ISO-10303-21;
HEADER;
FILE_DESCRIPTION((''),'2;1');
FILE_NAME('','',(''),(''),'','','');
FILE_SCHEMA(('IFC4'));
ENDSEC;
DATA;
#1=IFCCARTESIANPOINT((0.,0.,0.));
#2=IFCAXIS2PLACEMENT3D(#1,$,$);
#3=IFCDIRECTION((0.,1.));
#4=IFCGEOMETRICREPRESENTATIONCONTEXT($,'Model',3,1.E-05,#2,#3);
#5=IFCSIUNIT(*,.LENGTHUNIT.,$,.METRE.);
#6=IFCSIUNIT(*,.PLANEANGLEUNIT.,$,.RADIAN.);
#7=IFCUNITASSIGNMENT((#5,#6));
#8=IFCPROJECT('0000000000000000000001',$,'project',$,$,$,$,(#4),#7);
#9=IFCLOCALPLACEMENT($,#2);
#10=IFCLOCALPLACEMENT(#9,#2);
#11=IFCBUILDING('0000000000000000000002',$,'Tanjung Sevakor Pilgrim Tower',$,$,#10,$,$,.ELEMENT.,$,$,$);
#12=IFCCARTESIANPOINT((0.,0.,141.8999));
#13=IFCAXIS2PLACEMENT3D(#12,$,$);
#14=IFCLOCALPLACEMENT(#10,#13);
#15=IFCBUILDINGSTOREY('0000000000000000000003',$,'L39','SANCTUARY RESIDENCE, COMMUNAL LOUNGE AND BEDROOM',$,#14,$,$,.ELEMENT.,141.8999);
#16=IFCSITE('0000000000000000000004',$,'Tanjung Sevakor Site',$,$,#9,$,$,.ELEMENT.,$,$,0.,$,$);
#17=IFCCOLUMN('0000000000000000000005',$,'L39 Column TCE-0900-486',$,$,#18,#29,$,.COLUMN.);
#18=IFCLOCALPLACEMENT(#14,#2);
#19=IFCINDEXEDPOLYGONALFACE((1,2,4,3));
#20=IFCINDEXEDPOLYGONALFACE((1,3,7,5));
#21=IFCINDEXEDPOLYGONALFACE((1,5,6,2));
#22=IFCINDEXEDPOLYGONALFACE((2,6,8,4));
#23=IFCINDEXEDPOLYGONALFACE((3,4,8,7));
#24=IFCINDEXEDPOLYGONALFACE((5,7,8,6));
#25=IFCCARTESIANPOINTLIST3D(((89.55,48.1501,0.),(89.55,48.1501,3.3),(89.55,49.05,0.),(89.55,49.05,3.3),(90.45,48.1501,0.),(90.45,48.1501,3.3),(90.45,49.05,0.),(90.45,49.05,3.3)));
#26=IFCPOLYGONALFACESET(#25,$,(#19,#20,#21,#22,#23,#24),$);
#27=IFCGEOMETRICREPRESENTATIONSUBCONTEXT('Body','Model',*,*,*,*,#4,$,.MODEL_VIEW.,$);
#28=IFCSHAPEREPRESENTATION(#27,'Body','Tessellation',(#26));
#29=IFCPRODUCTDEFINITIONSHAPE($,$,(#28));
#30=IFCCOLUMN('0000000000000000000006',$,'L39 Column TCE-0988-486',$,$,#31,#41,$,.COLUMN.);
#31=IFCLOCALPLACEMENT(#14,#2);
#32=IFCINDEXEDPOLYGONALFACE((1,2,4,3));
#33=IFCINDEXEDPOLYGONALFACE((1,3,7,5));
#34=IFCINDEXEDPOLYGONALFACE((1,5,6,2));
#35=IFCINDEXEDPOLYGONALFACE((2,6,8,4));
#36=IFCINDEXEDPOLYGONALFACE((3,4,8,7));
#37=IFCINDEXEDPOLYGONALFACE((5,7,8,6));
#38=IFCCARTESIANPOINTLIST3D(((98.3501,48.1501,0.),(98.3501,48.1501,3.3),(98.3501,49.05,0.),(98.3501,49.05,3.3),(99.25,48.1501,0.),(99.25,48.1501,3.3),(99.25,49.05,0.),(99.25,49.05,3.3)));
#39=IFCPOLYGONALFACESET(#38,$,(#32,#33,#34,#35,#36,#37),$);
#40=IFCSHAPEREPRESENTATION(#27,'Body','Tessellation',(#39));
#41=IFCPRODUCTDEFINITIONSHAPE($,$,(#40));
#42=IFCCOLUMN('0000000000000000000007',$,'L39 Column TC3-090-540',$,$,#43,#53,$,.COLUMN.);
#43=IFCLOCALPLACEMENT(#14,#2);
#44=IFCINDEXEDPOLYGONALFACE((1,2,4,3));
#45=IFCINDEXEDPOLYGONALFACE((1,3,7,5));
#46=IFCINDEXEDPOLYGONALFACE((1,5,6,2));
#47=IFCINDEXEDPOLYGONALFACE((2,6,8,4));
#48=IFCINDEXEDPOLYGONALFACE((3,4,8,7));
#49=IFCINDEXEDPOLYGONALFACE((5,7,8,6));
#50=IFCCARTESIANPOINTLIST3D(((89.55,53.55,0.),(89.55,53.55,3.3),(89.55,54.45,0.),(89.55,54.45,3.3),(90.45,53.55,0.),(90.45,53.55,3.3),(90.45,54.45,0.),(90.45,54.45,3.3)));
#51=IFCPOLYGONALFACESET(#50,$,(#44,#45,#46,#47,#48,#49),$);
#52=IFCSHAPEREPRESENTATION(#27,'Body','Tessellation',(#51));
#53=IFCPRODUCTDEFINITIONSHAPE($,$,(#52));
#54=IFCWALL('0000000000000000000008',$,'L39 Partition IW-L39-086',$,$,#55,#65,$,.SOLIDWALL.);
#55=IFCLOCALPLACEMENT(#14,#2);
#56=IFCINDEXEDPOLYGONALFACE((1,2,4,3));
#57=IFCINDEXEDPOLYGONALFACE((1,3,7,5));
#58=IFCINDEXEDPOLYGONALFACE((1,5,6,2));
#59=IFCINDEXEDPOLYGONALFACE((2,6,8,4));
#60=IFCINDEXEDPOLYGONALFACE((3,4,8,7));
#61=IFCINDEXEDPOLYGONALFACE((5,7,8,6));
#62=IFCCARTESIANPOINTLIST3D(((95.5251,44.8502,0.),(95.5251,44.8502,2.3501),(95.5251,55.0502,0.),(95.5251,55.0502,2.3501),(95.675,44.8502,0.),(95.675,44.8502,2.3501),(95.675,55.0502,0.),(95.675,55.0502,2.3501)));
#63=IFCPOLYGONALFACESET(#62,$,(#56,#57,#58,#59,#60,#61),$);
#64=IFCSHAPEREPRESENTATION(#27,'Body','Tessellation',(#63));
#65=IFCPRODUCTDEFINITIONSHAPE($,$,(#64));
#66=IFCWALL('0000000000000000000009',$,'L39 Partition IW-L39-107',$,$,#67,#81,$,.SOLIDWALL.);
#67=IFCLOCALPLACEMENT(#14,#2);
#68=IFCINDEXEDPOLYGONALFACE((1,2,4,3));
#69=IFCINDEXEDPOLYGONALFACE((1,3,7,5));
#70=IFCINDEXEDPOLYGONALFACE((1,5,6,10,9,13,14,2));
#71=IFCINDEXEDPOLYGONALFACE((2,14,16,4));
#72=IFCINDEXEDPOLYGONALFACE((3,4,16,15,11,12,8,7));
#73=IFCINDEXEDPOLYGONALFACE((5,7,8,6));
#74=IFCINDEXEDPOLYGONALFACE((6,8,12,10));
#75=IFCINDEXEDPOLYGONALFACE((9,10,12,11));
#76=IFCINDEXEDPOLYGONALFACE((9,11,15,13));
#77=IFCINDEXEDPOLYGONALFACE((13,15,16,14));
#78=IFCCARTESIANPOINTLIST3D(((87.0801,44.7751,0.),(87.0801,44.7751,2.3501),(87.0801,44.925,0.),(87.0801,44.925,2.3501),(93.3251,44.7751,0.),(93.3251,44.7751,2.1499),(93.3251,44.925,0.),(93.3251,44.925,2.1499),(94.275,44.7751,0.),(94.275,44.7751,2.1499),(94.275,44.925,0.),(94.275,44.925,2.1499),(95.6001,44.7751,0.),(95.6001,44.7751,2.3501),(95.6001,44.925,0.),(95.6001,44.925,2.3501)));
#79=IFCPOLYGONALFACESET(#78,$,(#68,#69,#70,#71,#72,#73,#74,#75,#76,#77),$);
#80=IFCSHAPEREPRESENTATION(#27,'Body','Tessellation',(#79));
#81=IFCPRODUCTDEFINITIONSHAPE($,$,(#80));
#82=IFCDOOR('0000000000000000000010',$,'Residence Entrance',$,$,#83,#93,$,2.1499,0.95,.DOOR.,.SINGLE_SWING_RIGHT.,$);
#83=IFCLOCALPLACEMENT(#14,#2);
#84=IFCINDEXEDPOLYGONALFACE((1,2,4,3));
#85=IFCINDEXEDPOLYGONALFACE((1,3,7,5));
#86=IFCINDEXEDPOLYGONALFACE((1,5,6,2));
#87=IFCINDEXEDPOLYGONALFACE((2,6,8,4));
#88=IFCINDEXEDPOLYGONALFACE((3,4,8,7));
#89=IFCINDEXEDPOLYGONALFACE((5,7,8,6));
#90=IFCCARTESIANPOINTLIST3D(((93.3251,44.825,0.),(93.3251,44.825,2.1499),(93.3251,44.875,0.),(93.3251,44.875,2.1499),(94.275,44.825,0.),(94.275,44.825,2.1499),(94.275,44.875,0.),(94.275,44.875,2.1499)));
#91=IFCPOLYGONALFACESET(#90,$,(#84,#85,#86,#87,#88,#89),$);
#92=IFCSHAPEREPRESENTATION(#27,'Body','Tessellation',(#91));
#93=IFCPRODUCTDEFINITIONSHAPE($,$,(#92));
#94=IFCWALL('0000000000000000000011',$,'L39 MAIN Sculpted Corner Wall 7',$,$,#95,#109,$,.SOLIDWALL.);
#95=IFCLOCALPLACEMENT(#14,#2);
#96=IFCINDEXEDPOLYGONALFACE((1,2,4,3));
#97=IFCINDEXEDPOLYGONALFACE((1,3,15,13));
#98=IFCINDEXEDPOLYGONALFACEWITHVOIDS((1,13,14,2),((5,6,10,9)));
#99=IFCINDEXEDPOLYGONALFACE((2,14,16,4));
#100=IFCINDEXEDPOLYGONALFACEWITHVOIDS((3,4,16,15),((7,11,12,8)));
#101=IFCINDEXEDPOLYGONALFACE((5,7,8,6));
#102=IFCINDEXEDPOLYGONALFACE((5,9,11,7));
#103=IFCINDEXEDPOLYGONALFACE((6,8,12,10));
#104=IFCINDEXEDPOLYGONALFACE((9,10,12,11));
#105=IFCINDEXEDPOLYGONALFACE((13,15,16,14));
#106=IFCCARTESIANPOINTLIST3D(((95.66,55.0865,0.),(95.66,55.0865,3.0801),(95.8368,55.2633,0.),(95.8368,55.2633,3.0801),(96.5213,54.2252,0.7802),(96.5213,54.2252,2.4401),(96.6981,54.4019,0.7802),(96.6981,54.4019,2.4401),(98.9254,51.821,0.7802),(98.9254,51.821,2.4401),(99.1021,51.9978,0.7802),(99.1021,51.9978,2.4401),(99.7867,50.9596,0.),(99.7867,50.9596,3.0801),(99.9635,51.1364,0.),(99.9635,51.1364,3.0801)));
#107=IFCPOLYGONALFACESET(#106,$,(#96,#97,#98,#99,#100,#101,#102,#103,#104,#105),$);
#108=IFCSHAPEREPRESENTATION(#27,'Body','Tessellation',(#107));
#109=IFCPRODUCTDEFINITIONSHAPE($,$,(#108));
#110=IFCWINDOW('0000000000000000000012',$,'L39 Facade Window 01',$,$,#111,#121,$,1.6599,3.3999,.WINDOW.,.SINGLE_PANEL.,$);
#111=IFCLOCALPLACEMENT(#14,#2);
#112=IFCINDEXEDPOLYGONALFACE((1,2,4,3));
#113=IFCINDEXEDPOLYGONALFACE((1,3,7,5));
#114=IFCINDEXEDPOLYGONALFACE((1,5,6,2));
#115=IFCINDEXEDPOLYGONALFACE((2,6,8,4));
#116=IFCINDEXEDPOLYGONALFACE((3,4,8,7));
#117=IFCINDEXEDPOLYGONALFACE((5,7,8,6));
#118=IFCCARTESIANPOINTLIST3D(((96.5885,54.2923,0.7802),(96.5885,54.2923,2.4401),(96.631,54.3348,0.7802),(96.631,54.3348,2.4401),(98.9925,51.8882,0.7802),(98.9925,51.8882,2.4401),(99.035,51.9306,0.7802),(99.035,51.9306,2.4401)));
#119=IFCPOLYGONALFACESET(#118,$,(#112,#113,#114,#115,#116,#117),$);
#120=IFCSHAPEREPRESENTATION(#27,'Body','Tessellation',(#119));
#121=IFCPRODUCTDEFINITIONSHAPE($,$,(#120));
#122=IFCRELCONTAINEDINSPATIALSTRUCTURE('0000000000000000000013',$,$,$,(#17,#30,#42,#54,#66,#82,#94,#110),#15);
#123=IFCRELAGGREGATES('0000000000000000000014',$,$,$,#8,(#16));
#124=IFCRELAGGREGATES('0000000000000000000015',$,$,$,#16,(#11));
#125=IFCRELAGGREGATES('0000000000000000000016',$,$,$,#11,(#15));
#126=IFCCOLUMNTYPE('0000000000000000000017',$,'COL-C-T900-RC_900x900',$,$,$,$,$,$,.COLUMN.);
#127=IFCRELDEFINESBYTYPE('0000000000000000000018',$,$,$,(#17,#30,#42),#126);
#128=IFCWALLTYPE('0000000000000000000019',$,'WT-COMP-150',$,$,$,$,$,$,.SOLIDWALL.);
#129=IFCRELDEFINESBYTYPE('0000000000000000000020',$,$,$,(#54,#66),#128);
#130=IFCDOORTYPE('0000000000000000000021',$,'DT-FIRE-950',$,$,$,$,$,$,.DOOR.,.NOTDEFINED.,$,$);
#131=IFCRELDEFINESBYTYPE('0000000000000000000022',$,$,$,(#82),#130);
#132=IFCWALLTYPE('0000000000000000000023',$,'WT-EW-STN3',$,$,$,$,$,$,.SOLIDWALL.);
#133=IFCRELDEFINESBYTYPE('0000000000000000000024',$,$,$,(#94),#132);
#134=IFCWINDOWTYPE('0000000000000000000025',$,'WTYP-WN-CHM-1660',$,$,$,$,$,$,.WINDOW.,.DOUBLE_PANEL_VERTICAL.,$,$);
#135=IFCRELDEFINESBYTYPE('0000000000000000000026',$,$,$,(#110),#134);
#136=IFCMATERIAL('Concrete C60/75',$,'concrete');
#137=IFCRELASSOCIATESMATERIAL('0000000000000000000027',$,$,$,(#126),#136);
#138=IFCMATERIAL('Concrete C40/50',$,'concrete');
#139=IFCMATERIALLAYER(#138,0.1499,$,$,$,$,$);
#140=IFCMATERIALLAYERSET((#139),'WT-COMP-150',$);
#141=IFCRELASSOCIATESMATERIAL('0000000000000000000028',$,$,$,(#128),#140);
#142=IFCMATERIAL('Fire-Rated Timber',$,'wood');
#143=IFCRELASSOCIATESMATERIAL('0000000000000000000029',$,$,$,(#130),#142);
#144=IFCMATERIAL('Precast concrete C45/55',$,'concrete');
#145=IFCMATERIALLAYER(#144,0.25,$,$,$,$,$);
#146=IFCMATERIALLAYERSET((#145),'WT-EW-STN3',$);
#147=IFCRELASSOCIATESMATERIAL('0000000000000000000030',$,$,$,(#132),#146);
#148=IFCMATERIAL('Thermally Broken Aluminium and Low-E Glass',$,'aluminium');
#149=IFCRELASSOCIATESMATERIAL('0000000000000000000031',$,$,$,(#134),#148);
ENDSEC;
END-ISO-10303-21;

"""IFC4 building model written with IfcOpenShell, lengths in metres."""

from ifc_helpers import new_model, si_unit, direction, frame, frame_2d, origin, origin_2d, place, context, subcontext, project, spatial, rectangle, extrude, material, layer, layer_set, material_profile, profile_set, type_object, element, fill, save


model = new_model("IFC4")

# Units and contexts
model_context = context("Model", 3, precision=1e-05, world=origin(), true_north=direction((0.0, 1.0)))
body_context = subcontext(model_context, "Body", "Model", "MODEL_VIEW")
ifc_project = project(units=[si_unit("LENGTHUNIT", "METRE"), si_unit("PLANEANGLEUNIT", "RADIAN")], contexts=[model_context])

# Site, building, storey
site_placement = place(None, origin())
site = spatial("IfcSite", under=ifc_project, at=site_placement, Name="Tanjung Sevakor Site", CompositionType="ELEMENT", RefElevation=0.0)
building_placement = place(site_placement, origin())
building = spatial("IfcBuilding", under=site, at=building_placement, Name="Tanjung Sevakor Pilgrim Tower", CompositionType="ELEMENT")
storey_placement = place(building_placement, frame((0.0, 0.0, 141.8999)))
storey = spatial("IfcBuildingStorey", under=building, at=storey_placement, Name="L39", Description="SANCTUARY RESIDENCE, COMMUNAL LOUNGE AND BEDROOM", CompositionType="ELEMENT", Elevation=141.8999)

# Columns
ifc_material_1 = material(Name="Concrete C60/75", Category="concrete")
ifc_material_profile = material_profile(ifc_material_1, rectangle(XDim=0.8999, YDim=0.8999, at=origin_2d()))
ifc_profile_set = profile_set([ifc_material_profile], Name="Concrete C60/75")
column_type = type_object("IfcColumnType", Name="COL-C-T900-RC_900x900", PredefinedType="COLUMN", material=ifc_profile_set)
for number, where, z_axis, x_axis, name in (
    (1, (90.0, 48.6001, 0.0), (0.0, 0.0, 1.0), (1.0, 0.0, 0.0), "L39 Column TCE-0900-486"),
    (2, (98.8, 48.6001, 0.0), (0.0, 0.0, 1.0), (1.0, 0.0, 0.0), "L39 Column TCE-0988-486"),
    (3, (90.0, 54.0, 0.0), (0.0, 0.0, 1.0), (1.0, 0.0, 0.0), "L39 Column TC3-090-540"),
):
    element("IfcColumn", number, at=place(storey_placement, frame(where, z_axis=z_axis, x_axis=x_axis)), inside=storey, type_object=column_type, Name=name, PredefinedType="COLUMN", context=body_context, shape_type="SweptSolid", body=[
        extrude(rectangle(XDim=0.8999, YDim=0.8999, at=origin_2d()), origin(), (0.0, 0.0, 1.0), 3.3),
    ])

# Wall
ifc_material_2 = material(Name="Concrete C40/50", Category="concrete")
ifc_layer_1 = layer(ifc_material_2, 0.1499)
ifc_layer_set_1 = layer_set([ifc_layer_1], Name="WT-COMP-150")
wall_type_1 = type_object("IfcWallType", Name="WT-COMP-150", PredefinedType="SOLIDWALL", material=ifc_layer_set_1)
wall_1_placement = place(storey_placement, frame((95.6001, 44.8501, 0.0), z_axis=(0.0, 0.0, 1.0), x_axis=(0.0, 1.0, 0.0)))
element("IfcWall", 4, at=wall_1_placement, inside=storey, type_object=wall_type_1, Name="L39 Partition IW-L39-086", PredefinedType="SOLIDWALL", context=body_context, shape_type="SweptSolid", body=[
    extrude(rectangle(XDim=10.2, YDim=0.1499, at=frame_2d((5.1001, 0.0))), origin(), (0.0, 0.0, 1.0), 2.3501),
])

# Wall, opening, door
wall_2_placement = place(storey_placement, frame((87.0801, 44.8501, 0.0), z_axis=(0.0, 0.0, 1.0), x_axis=(1.0, 0.0, 0.0)))
wall_2 = element("IfcWall", 5, at=wall_2_placement, inside=storey, type_object=wall_type_1, Name="L39 Partition IW-L39-107", PredefinedType="SOLIDWALL", context=body_context, shape_type="SweptSolid", body=[
    extrude(rectangle(XDim=8.52, YDim=0.1499, at=frame_2d((4.26, 0.0))), origin(), (0.0, 0.0, 1.0), 2.3501),
])
opening_1_placement = place(wall_2_placement, frame((6.2449, 0.0, 0.0)))
opening_1 = element("IfcOpeningElement", 6, at=opening_1_placement, cuts=wall_2, PredefinedType="OPENING", context=body_context, shape_type="SweptSolid", body=[
    extrude(rectangle(XDim=0.95, YDim=2.1499, at=frame_2d((0.4751, 1.075))), frame((0.0, 0.085, 0.0), z_axis=(0.0, -1.0, 0.0), x_axis=(1.0, 0.0, 0.0)), (0.0, 0.0, 1.0), 0.1699),
])
ifc_material_3 = material(Name="Fire-Rated Timber", Category="wood")
door_type_1 = type_object("IfcDoorType", Name="DT-FIRE-950", OperationType="NOTDEFINED", PredefinedType="DOOR", material=ifc_material_3)
door_1_placement = place(opening_1_placement, origin())
door_1 = element("IfcDoor", 7, at=door_1_placement, inside=storey, type_object=door_type_1, Name="Residence Entrance", OperationType="SINGLE_SWING_RIGHT", OverallHeight=2.1499, OverallWidth=0.95, PredefinedType="DOOR", context=body_context, shape_type="SweptSolid", body=[
    extrude(rectangle(XDim=0.95, YDim=2.1499, at=frame_2d((0.4751, 1.075))), frame((0.0, 0.0249, 0.0), z_axis=(0.0, -1.0, 0.0), x_axis=(1.0, 0.0, 0.0)), (0.0, 0.0, 1.0), 0.05),
])
fill(opening_1, door_1)

# Wall, opening, window
ifc_material_4 = material(Name="Precast concrete C45/55", Category="concrete")
ifc_layer_2 = layer(ifc_material_4, 0.25)
ifc_layer_set_2 = layer_set([ifc_layer_2], Name="WT-EW-STN3")
wall_type_2 = type_object("IfcWallType", Name="WT-EW-STN3", PredefinedType="SOLIDWALL", material=ifc_layer_set_2)
wall_3_placement = place(storey_placement, frame((99.875, 51.0481, 0.0), z_axis=(0.0, 0.0, 1.0), x_axis=(-0.707086, 0.707128, 0.0)))
wall_3 = element("IfcWall", 8, at=wall_3_placement, inside=storey, type_object=wall_type_2, Name="L39 MAIN Sculpted Corner Wall 7", PredefinedType="SOLIDWALL", context=body_context, shape_type="SweptSolid", body=[
    extrude(rectangle(XDim=5.8362, YDim=0.25, at=frame_2d((2.918, 0.0))), origin(), (0.0, 0.0, 1.0), 3.0801),
])
opening_2_placement = place(wall_3_placement, frame((1.218, 0.0, 0.78)))
opening_2 = element("IfcOpeningElement", 9, at=opening_2_placement, cuts=wall_3, PredefinedType="OPENING", context=body_context, shape_type="SweptSolid", body=[
    extrude(rectangle(XDim=3.3999, YDim=1.6599, at=frame_2d((1.7, 0.8301))), frame((0.0, 0.135, 0.0), z_axis=(0.0, -1.0, 0.0), x_axis=(1.0, 0.0, 0.0)), (0.0, 0.0, 1.0), 0.27),
])
ifc_material_5 = material(Name="Thermally Broken Aluminium and Low-E Glass", Category="aluminium")
window_type_1 = type_object("IfcWindowType", Name="WTYP-WN-CHM-1660", PartitioningType="DOUBLE_PANEL_VERTICAL", PredefinedType="WINDOW", material=ifc_material_5)
window_1_placement = place(opening_2_placement, origin())
window_1 = element("IfcWindow", 10, at=window_1_placement, inside=storey, type_object=window_type_1, Name="L39 Facade Window 01", OverallHeight=1.6599, OverallWidth=3.3999, PartitioningType="SINGLE_PANEL", PredefinedType="WINDOW", context=body_context, shape_type="SweptSolid", body=[
    extrude(rectangle(XDim=3.3999, YDim=1.6599, at=frame_2d((1.7, 0.8301))), frame((0.0, 0.03, 0.0), z_axis=(0.0, -1.0, 0.0), x_axis=(1.0, 0.0, 0.0)), (0.0, 0.0, 1.0), 0.0601),
])
fill(opening_2, window_1)

save(model, "model.ifc")
